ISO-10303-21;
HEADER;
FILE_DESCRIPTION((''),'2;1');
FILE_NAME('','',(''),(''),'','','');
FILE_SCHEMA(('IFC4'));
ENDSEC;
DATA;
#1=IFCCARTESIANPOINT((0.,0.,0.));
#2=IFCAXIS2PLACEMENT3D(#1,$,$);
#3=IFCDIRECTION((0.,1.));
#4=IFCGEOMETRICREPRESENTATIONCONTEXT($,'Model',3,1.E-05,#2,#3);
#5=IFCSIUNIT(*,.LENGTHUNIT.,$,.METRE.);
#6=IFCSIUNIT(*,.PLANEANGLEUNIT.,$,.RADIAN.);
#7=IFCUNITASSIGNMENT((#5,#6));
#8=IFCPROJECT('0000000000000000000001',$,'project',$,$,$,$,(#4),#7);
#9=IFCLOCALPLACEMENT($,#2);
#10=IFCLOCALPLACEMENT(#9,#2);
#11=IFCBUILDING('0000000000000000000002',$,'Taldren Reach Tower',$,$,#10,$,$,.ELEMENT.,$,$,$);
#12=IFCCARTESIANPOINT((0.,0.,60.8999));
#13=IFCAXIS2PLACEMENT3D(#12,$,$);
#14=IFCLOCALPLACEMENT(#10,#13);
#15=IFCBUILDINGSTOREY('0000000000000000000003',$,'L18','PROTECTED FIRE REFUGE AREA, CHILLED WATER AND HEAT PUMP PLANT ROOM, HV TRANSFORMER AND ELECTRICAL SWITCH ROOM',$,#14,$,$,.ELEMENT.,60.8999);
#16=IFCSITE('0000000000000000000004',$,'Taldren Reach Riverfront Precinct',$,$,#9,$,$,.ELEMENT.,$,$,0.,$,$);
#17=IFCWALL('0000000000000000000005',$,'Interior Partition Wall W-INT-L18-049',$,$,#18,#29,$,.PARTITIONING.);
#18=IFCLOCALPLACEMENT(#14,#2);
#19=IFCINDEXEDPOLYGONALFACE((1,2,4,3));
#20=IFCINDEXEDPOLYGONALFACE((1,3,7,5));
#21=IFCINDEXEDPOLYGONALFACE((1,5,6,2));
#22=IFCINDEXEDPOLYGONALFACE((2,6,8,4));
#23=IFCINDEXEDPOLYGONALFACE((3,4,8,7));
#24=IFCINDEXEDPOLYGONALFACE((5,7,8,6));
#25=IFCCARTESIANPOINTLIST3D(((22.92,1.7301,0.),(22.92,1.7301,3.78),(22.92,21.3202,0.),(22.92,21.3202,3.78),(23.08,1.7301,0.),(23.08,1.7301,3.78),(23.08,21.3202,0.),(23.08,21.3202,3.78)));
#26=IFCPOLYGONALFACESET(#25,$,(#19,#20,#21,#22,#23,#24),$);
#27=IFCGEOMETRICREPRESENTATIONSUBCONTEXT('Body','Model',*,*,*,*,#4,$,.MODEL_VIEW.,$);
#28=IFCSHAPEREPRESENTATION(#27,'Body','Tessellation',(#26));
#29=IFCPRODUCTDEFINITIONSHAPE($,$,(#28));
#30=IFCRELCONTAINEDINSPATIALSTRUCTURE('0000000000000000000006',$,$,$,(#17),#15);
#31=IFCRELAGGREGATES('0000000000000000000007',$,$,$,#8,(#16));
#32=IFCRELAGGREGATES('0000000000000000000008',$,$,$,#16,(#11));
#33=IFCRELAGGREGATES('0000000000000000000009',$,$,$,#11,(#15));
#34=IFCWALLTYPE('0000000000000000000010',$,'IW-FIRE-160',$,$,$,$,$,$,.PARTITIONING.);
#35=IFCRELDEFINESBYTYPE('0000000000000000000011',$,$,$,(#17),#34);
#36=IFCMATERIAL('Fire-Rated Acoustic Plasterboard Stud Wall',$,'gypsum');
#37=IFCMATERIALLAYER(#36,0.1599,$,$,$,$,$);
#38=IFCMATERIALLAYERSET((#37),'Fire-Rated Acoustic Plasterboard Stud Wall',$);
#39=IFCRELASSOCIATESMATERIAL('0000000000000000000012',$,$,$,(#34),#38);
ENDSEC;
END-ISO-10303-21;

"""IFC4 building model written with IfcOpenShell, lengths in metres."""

from ifc_helpers import new_model, si_unit, direction, frame, frame_2d, origin, place, context, subcontext, project, spatial, rectangle, extrude, source, transform, mapped, material, layer, layer_set, type_object, element, save


model = new_model("IFC4")

# Units and contexts
model_context = context("Model", 3, precision=1e-05, world=origin(), true_north=direction((0.0, 1.0)))
body_context = subcontext(model_context, "Body", "Model", "MODEL_VIEW")
ifc_project = project(units=[si_unit("LENGTHUNIT", "METRE"), si_unit("PLANEANGLEUNIT", "RADIAN")], contexts=[model_context])

# Site, building, storey
site_placement = place(None, origin())
site = spatial("IfcSite", under=ifc_project, at=site_placement, Name="Taldren Reach Riverfront Precinct", CompositionType="ELEMENT", RefElevation=0.0)
building_placement = place(site_placement, origin())
building = spatial("IfcBuilding", under=site, at=building_placement, Name="Taldren Reach Tower", CompositionType="ELEMENT")
storey_placement = place(building_placement, frame((0.0, 0.0, 60.8999)))
storey = spatial("IfcBuildingStorey", under=building, at=storey_placement, Name="L18", Description="PROTECTED FIRE REFUGE AREA, CHILLED WATER AND HEAT PUMP PLANT ROOM, HV TRANSFORMER AND ELECTRICAL SWITCH ROOM", CompositionType="ELEMENT", Elevation=60.8999)

# Wall
ifc_material_1 = material(Name="Fire-Rated Acoustic Plasterboard Stud Wall", Category="gypsum")
ifc_layer = layer(ifc_material_1, 0.1599)
ifc_layer_set = layer_set([ifc_layer], Name="Fire-Rated Acoustic Plasterboard Stud Wall")
wall_type = type_object("IfcWallType", Name="IW-FIRE-160", PredefinedType="PARTITIONING", material=ifc_layer_set)
shared_shape_1 = source(origin(), body_context, "Body", "SweptSolid", [
    extrude(rectangle(XDim=19.5901, YDim=0.1599, at=frame_2d((9.7949, 0.0))), origin(), (0.0, 0.0, 1.0), 3.78),
])
wall_placement = place(storey_placement, frame((23.0, 21.3201, 0.0), z_axis=(0.0, 0.0, 1.0), x_axis=(0.0, -1.0, 0.0)))
element("IfcWall", 1, at=wall_placement, inside=storey, type_object=wall_type, Name="Interior Partition Wall W-INT-L18-049", PredefinedType="PARTITIONING", context=body_context, shape_type="MappedRepresentation", body=[
    mapped(shared_shape_1, transform((0.0, 0.0, 0.0), scale=1.0)),
])

save(model, "model.ifc")
